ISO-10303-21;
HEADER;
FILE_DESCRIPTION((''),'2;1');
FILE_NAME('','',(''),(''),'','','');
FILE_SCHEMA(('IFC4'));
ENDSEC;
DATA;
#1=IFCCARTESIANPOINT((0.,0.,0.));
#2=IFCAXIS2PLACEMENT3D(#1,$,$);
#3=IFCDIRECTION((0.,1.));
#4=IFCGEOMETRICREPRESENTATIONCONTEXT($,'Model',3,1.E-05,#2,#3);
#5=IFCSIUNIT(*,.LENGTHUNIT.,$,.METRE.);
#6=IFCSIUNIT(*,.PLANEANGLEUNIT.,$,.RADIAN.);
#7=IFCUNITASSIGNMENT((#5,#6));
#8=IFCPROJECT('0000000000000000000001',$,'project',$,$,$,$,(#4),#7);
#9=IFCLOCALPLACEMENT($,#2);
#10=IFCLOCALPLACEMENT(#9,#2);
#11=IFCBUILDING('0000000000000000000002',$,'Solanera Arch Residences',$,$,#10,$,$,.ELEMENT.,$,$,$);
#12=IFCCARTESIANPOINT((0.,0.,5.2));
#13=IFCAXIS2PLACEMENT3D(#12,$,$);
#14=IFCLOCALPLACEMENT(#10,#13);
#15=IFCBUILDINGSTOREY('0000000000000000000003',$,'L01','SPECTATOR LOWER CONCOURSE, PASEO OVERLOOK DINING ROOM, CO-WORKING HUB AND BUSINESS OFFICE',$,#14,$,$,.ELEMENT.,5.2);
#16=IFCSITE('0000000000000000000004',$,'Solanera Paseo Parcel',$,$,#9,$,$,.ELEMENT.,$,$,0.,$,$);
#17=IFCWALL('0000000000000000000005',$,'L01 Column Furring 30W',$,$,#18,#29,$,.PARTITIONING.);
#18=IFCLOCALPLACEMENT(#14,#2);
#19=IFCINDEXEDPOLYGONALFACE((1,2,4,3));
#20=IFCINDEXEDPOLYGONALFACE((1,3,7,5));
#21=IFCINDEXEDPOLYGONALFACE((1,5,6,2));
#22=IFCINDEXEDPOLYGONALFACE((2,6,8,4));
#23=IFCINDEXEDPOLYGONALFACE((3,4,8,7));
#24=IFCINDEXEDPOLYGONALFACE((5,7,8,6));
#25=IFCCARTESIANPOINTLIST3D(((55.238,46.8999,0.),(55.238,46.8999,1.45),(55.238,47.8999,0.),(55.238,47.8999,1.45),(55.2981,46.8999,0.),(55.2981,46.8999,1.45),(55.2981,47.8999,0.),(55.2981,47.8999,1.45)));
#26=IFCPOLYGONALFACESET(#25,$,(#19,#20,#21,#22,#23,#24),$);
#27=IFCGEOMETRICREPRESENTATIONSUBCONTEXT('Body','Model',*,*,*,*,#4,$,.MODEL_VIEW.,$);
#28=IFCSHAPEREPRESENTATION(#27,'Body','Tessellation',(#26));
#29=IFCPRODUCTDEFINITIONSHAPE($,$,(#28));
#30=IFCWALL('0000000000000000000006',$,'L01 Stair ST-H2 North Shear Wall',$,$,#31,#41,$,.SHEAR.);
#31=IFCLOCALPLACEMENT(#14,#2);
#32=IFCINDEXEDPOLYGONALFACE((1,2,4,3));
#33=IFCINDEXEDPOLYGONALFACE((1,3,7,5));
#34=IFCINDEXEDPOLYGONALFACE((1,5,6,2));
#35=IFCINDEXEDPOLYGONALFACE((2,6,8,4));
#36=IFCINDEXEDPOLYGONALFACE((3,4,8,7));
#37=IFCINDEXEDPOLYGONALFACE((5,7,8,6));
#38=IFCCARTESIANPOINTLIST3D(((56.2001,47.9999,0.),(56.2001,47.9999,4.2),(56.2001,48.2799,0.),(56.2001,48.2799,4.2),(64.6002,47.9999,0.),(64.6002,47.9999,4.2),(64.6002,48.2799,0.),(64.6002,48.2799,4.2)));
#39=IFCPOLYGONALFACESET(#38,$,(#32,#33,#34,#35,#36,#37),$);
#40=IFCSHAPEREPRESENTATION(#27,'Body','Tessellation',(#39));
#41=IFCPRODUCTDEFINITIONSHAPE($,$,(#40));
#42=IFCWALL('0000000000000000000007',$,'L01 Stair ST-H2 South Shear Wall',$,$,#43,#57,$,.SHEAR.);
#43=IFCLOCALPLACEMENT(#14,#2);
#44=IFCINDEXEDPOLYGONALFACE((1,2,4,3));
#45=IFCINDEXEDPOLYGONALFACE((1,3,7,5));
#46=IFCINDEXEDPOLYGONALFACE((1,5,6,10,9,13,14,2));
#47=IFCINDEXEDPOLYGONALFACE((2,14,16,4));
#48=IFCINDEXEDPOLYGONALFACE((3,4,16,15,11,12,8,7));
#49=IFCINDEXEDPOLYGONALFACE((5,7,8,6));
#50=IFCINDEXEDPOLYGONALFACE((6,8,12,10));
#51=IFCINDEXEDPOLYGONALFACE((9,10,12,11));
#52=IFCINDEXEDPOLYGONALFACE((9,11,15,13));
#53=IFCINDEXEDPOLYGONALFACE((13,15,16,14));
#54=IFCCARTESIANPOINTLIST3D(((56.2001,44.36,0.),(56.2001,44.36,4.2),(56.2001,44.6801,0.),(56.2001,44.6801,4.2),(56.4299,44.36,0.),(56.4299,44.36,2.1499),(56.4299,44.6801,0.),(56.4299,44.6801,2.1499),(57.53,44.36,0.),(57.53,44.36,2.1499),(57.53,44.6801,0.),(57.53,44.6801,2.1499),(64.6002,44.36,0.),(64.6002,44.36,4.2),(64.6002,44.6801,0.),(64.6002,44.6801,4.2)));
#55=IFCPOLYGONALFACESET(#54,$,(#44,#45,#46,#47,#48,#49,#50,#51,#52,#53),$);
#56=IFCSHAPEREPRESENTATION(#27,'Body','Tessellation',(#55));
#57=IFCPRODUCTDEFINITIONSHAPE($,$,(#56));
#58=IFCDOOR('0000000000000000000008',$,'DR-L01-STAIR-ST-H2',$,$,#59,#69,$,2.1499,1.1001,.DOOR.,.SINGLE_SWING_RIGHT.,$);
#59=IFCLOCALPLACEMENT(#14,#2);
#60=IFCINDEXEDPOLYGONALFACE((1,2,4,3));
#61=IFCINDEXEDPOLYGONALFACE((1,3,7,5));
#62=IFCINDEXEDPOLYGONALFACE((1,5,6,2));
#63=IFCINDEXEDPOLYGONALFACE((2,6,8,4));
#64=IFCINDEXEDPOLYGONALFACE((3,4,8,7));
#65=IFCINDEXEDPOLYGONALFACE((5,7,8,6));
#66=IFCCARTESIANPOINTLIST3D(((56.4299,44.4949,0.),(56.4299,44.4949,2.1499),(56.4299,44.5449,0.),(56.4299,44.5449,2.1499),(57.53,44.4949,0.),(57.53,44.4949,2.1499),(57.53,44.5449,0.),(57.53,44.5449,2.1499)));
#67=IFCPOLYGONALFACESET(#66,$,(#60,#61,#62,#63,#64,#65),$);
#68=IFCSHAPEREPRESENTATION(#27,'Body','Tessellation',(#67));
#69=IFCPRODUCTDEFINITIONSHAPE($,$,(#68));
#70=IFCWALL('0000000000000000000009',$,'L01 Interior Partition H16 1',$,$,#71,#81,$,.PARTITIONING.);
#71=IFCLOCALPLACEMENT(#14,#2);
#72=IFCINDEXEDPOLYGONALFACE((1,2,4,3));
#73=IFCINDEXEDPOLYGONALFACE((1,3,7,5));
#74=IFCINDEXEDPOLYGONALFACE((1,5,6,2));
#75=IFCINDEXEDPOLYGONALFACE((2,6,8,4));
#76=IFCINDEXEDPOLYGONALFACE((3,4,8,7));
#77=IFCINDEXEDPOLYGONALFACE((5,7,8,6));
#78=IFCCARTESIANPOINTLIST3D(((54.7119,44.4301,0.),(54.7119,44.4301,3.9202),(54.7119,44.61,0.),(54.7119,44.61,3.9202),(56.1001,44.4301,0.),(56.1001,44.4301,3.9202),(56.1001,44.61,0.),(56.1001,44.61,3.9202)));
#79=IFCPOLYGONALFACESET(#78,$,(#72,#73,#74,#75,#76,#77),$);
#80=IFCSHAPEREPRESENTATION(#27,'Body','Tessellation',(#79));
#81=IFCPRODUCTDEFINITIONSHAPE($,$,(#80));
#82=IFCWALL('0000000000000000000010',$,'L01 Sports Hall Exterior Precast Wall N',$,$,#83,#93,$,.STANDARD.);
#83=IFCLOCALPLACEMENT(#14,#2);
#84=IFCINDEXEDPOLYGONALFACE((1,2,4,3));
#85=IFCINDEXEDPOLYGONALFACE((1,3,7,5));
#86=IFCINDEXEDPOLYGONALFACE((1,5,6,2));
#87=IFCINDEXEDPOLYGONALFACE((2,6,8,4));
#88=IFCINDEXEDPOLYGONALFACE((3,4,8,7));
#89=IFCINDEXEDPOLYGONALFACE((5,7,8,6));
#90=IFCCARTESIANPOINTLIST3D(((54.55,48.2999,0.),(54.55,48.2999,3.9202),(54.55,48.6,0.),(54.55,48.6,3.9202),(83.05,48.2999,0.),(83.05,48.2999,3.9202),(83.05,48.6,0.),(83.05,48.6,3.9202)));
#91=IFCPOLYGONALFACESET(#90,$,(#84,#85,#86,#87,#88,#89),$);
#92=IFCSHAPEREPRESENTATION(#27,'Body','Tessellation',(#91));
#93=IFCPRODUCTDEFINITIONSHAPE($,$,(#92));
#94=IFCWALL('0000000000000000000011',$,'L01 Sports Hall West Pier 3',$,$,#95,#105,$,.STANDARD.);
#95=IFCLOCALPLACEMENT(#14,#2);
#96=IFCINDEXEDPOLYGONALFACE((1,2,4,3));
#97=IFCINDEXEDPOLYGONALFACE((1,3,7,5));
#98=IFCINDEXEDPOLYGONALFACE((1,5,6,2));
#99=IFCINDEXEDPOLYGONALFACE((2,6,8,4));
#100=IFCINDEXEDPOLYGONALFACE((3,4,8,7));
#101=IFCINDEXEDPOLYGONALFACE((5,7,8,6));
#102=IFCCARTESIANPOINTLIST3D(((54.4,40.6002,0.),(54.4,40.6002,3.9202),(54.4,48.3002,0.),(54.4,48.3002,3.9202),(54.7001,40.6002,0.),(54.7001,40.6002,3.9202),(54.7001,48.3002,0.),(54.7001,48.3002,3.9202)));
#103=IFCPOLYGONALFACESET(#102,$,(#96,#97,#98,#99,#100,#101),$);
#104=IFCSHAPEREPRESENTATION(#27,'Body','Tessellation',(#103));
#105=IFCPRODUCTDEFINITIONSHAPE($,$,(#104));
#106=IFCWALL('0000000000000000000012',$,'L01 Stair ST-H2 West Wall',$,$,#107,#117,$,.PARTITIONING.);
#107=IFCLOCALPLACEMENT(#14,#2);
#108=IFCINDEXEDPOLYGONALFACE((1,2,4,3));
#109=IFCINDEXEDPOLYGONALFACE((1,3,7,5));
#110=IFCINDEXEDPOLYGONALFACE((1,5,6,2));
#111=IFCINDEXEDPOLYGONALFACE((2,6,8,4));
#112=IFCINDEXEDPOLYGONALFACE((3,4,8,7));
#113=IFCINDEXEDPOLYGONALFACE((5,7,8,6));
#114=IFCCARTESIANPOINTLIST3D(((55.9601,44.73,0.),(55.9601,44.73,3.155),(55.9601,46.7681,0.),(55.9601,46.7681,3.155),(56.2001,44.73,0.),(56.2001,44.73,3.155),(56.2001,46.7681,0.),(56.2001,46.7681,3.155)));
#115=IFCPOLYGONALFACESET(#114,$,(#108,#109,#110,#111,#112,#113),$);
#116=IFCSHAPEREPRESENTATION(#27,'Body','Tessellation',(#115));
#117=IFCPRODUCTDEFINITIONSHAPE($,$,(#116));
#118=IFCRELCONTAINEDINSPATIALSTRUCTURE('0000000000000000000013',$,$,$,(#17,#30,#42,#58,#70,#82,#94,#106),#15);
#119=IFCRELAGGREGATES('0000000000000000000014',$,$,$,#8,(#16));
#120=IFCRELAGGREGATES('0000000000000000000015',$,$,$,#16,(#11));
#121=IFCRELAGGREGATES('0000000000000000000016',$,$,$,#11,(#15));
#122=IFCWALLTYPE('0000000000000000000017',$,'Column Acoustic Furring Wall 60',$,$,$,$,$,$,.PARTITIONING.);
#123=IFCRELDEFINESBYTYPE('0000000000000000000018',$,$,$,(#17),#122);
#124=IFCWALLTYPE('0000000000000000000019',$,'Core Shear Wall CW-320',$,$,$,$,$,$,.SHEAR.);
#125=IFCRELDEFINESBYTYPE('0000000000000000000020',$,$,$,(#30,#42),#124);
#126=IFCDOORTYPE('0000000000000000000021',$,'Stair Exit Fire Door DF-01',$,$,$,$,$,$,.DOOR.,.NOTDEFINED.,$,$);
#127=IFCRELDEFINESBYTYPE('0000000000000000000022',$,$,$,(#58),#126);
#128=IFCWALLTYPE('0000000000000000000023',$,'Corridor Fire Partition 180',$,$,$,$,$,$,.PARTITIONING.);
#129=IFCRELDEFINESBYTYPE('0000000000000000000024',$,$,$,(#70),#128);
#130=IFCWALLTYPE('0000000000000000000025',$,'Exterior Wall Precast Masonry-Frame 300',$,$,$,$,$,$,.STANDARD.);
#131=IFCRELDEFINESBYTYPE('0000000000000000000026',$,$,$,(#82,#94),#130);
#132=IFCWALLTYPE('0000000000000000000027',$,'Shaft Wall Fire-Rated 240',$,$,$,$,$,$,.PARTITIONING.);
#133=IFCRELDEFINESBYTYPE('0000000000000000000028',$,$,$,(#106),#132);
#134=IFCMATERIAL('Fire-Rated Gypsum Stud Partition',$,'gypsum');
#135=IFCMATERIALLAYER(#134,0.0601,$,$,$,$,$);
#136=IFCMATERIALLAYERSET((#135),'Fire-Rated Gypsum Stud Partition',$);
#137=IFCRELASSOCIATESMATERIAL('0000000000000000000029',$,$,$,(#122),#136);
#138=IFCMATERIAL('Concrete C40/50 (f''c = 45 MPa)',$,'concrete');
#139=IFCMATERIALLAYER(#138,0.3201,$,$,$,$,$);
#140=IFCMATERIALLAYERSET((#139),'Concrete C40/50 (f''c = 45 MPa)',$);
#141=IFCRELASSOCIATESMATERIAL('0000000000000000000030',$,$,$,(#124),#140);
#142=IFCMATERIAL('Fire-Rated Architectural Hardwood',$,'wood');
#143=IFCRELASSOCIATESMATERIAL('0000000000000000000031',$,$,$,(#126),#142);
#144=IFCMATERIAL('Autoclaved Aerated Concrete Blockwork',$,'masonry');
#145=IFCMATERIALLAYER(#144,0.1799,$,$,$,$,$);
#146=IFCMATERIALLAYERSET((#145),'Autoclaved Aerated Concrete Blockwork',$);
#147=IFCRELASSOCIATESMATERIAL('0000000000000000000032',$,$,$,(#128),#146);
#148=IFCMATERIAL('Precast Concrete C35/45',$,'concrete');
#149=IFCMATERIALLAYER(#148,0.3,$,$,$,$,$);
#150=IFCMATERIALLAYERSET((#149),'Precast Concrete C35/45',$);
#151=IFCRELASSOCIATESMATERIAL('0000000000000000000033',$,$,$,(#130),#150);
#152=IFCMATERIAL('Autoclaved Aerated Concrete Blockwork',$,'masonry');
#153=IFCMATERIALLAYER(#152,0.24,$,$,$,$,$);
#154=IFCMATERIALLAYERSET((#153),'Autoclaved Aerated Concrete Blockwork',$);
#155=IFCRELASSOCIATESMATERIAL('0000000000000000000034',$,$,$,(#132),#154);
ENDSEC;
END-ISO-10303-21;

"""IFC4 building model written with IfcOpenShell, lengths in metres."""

from ifc_helpers import new_model, si_unit, direction, frame, frame_2d, origin, place, context, subcontext, project, spatial, rectangle, extrude, material, layer, layer_set, type_object, element, fill, save


model = new_model("IFC4")

# Units and contexts
model_context = context("Model", 3, precision=1e-05, world=origin(), true_north=direction((0.0, 1.0)))
body_context = subcontext(model_context, "Body", "Model", "MODEL_VIEW")
ifc_project = project(units=[si_unit("LENGTHUNIT", "METRE"), si_unit("PLANEANGLEUNIT", "RADIAN")], contexts=[model_context])

# Site, building, storey
site_placement = place(None, origin())
site = spatial("IfcSite", under=ifc_project, at=site_placement, Name="Solanera Paseo Parcel", CompositionType="ELEMENT", RefElevation=0.0)
building_placement = place(site_placement, origin())
building = spatial("IfcBuilding", under=site, at=building_placement, Name="Solanera Arch Residences", CompositionType="ELEMENT")
storey_placement = place(building_placement, frame((0.0, 0.0, 5.2)))
storey = spatial("IfcBuildingStorey", under=building, at=storey_placement, Name="L01", Description="SPECTATOR LOWER CONCOURSE, PASEO OVERLOOK DINING ROOM, CO-WORKING HUB AND BUSINESS OFFICE", CompositionType="ELEMENT", Elevation=5.2)

# Walls
ifc_material_1 = material(Name="Fire-Rated Gypsum Stud Partition", Category="gypsum")
ifc_layer_1 = layer(ifc_material_1, 0.0601)
ifc_layer_set_1 = layer_set([ifc_layer_1], Name="Fire-Rated Gypsum Stud Partition")
wall_type_1 = type_object("IfcWallType", Name="Column Acoustic Furring Wall 60", PredefinedType="PARTITIONING", material=ifc_layer_set_1)
for number, where, z_axis, x_axis, name in (
    (1, (55.2681, 46.8999, 0.0), (0.0, 0.0, 1.0), (0.0, 1.0, 0.0), "L01 Column Furring 30W"),
):
    element("IfcWall", number, at=place(storey_placement, frame(where, z_axis=z_axis, x_axis=x_axis)), inside=storey, type_object=wall_type_1, Name=name, PredefinedType="PARTITIONING", context=body_context, shape_type="SweptSolid", body=[
        extrude(rectangle(XDim=1.0, YDim=0.0601, at=frame_2d((0.5, 0.0))), origin(), (0.0, 0.0, 1.0), 1.45),
    ])
ifc_material_2 = material(Name="Concrete C40/50 (f'c = 45 MPa)", Category="concrete")
ifc_layer_2 = layer(ifc_material_2, 0.3201)
ifc_layer_set_2 = layer_set([ifc_layer_2], Name="Concrete C40/50 (f'c = 45 MPa)")
wall_type_2 = type_object("IfcWallType", Name="Core Shear Wall CW-320", PredefinedType="SHEAR", material=ifc_layer_set_2)
wall_1_placement = place(storey_placement, frame((56.2, 48.1399, 0.0), z_axis=(0.0, 0.0, 1.0), x_axis=(1.0, 0.0, 0.0)))
element("IfcWall", 2, at=wall_1_placement, inside=storey, type_object=wall_type_2, Name="L01 Stair ST-H2 North Shear Wall", PredefinedType="SHEAR", context=body_context, shape_type="SweptSolid", body=[
    extrude(rectangle(XDim=8.4001, YDim=0.28, at=frame_2d((4.2002, 0.0))), origin(), (0.0, 0.0, 1.0), 4.2),
])

# Wall, opening, door
wall_2_placement = place(storey_placement, frame((56.2, 44.52, 0.0), z_axis=(0.0, 0.0, 1.0), x_axis=(1.0, 0.0, 0.0)))
wall_2 = element("IfcWall", 3, at=wall_2_placement, inside=storey, type_object=wall_type_2, Name="L01 Stair ST-H2 South Shear Wall", PredefinedType="SHEAR", context=body_context, shape_type="SweptSolid", body=[
    extrude(rectangle(XDim=8.4001, YDim=0.3201, at=frame_2d((4.2002, 0.0))), origin(), (0.0, 0.0, 1.0), 4.2),
])
opening_placement = place(wall_2_placement, frame((0.23, 0.0, 0.0)))
opening = element("IfcOpeningElement", 4, at=opening_placement, cuts=wall_2, PredefinedType="OPENING", context=body_context, shape_type="SweptSolid", body=[
    extrude(rectangle(XDim=1.1001, YDim=2.1499, at=frame_2d((0.55, 1.075))), frame((0.0, 0.1699, 0.0), z_axis=(0.0, -1.0, 0.0), x_axis=(1.0, 0.0, 0.0)), (0.0, 0.0, 1.0), 0.3401),
])
ifc_material_3 = material(Name="Fire-Rated Architectural Hardwood", Category="wood")
door_type = type_object("IfcDoorType", Name="Stair Exit Fire Door DF-01", OperationType="NOTDEFINED", PredefinedType="DOOR", material=ifc_material_3)
door_placement = place(opening_placement, origin())
door = element("IfcDoor", 5, at=door_placement, inside=storey, type_object=door_type, Name="DR-L01-STAIR-ST-H2", OperationType="SINGLE_SWING_RIGHT", OverallHeight=2.1499, OverallWidth=1.1001, PredefinedType="DOOR", context=body_context, shape_type="SweptSolid", body=[
    extrude(rectangle(XDim=1.1001, YDim=2.1499, at=frame_2d((0.55, 1.075))), frame((0.0, 0.0249, 0.0), z_axis=(0.0, -1.0, 0.0), x_axis=(1.0, 0.0, 0.0)), (0.0, 0.0, 1.0), 0.05),
])
fill(opening, door)

# Walls
ifc_material_4 = material(Name="Autoclaved Aerated Concrete Blockwork", Category="masonry")
ifc_layer_3 = layer(ifc_material_4, 0.1799)
ifc_layer_set_3 = layer_set([ifc_layer_3], Name="Autoclaved Aerated Concrete Blockwork")
wall_type_3 = type_object("IfcWallType", Name="Corridor Fire Partition 180", PredefinedType="PARTITIONING", material=ifc_layer_set_3)
wall_3_placement = place(storey_placement, frame((54.7119, 44.52, 0.0), z_axis=(0.0, 0.0, 1.0), x_axis=(1.0, 0.0, 0.0)))
element("IfcWall", 6, at=wall_3_placement, inside=storey, type_object=wall_type_3, Name="L01 Interior Partition H16 1", PredefinedType="PARTITIONING", context=body_context, shape_type="SweptSolid", body=[
    extrude(rectangle(XDim=1.3882, YDim=0.1799, at=frame_2d((0.6941, 0.0))), origin(), (0.0, 0.0, 1.0), 3.9202),
])
ifc_material_5 = material(Name="Precast Concrete C35/45", Category="concrete")
ifc_layer_4 = layer(ifc_material_5, 0.3)
ifc_layer_set_4 = layer_set([ifc_layer_4], Name="Precast Concrete C35/45")
wall_type_4 = type_object("IfcWallType", Name="Exterior Wall Precast Masonry-Frame 300", PredefinedType="STANDARD", material=ifc_layer_set_4)
wall_4_placement = place(storey_placement, frame((54.55, 48.45, 0.0), z_axis=(0.0, 0.0, 1.0), x_axis=(1.0, 0.0, 0.0)))
element("IfcWall", 7, at=wall_4_placement, inside=storey, type_object=wall_type_4, Name="L01 Sports Hall Exterior Precast Wall N", PredefinedType="STANDARD", context=body_context, shape_type="SweptSolid", body=[
    extrude(rectangle(XDim=28.5, YDim=0.3, at=frame_2d((14.25, 0.0))), origin(), (0.0, 0.0, 1.0), 3.9202),
])
wall_5_placement = place(storey_placement, frame((54.55, 40.6001, 0.0), z_axis=(0.0, 0.0, 1.0), x_axis=(0.0, 1.0, 0.0)))
element("IfcWall", 8, at=wall_5_placement, inside=storey, type_object=wall_type_4, Name="L01 Sports Hall West Pier 3", PredefinedType="STANDARD", context=body_context, shape_type="SweptSolid", body=[
    extrude(rectangle(XDim=7.7, YDim=0.3, at=frame_2d((3.8501, 0.0))), origin(), (0.0, 0.0, 1.0), 3.9202),
])
ifc_material_6 = material(Name="Autoclaved Aerated Concrete Blockwork", Category="masonry")
ifc_layer_5 = layer(ifc_material_6, 0.24)
ifc_layer_set_5 = layer_set([ifc_layer_5], Name="Autoclaved Aerated Concrete Blockwork")
wall_type_5 = type_object("IfcWallType", Name="Shaft Wall Fire-Rated 240", PredefinedType="PARTITIONING", material=ifc_layer_set_5)
wall_6_placement = place(storey_placement, frame((56.0801, 44.73, 0.0), z_axis=(0.0, 0.0, 1.0), x_axis=(0.0, 1.0, 0.0)))
element("IfcWall", 9, at=wall_6_placement, inside=storey, type_object=wall_type_5, Name="L01 Stair ST-H2 West Wall", PredefinedType="PARTITIONING", context=body_context, shape_type="SweptSolid", body=[
    extrude(rectangle(XDim=2.0381, YDim=0.24, at=frame_2d((1.019, 0.0))), origin(), (0.0, 0.0, 1.0), 3.155),
])

save(model, "model.ifc")
